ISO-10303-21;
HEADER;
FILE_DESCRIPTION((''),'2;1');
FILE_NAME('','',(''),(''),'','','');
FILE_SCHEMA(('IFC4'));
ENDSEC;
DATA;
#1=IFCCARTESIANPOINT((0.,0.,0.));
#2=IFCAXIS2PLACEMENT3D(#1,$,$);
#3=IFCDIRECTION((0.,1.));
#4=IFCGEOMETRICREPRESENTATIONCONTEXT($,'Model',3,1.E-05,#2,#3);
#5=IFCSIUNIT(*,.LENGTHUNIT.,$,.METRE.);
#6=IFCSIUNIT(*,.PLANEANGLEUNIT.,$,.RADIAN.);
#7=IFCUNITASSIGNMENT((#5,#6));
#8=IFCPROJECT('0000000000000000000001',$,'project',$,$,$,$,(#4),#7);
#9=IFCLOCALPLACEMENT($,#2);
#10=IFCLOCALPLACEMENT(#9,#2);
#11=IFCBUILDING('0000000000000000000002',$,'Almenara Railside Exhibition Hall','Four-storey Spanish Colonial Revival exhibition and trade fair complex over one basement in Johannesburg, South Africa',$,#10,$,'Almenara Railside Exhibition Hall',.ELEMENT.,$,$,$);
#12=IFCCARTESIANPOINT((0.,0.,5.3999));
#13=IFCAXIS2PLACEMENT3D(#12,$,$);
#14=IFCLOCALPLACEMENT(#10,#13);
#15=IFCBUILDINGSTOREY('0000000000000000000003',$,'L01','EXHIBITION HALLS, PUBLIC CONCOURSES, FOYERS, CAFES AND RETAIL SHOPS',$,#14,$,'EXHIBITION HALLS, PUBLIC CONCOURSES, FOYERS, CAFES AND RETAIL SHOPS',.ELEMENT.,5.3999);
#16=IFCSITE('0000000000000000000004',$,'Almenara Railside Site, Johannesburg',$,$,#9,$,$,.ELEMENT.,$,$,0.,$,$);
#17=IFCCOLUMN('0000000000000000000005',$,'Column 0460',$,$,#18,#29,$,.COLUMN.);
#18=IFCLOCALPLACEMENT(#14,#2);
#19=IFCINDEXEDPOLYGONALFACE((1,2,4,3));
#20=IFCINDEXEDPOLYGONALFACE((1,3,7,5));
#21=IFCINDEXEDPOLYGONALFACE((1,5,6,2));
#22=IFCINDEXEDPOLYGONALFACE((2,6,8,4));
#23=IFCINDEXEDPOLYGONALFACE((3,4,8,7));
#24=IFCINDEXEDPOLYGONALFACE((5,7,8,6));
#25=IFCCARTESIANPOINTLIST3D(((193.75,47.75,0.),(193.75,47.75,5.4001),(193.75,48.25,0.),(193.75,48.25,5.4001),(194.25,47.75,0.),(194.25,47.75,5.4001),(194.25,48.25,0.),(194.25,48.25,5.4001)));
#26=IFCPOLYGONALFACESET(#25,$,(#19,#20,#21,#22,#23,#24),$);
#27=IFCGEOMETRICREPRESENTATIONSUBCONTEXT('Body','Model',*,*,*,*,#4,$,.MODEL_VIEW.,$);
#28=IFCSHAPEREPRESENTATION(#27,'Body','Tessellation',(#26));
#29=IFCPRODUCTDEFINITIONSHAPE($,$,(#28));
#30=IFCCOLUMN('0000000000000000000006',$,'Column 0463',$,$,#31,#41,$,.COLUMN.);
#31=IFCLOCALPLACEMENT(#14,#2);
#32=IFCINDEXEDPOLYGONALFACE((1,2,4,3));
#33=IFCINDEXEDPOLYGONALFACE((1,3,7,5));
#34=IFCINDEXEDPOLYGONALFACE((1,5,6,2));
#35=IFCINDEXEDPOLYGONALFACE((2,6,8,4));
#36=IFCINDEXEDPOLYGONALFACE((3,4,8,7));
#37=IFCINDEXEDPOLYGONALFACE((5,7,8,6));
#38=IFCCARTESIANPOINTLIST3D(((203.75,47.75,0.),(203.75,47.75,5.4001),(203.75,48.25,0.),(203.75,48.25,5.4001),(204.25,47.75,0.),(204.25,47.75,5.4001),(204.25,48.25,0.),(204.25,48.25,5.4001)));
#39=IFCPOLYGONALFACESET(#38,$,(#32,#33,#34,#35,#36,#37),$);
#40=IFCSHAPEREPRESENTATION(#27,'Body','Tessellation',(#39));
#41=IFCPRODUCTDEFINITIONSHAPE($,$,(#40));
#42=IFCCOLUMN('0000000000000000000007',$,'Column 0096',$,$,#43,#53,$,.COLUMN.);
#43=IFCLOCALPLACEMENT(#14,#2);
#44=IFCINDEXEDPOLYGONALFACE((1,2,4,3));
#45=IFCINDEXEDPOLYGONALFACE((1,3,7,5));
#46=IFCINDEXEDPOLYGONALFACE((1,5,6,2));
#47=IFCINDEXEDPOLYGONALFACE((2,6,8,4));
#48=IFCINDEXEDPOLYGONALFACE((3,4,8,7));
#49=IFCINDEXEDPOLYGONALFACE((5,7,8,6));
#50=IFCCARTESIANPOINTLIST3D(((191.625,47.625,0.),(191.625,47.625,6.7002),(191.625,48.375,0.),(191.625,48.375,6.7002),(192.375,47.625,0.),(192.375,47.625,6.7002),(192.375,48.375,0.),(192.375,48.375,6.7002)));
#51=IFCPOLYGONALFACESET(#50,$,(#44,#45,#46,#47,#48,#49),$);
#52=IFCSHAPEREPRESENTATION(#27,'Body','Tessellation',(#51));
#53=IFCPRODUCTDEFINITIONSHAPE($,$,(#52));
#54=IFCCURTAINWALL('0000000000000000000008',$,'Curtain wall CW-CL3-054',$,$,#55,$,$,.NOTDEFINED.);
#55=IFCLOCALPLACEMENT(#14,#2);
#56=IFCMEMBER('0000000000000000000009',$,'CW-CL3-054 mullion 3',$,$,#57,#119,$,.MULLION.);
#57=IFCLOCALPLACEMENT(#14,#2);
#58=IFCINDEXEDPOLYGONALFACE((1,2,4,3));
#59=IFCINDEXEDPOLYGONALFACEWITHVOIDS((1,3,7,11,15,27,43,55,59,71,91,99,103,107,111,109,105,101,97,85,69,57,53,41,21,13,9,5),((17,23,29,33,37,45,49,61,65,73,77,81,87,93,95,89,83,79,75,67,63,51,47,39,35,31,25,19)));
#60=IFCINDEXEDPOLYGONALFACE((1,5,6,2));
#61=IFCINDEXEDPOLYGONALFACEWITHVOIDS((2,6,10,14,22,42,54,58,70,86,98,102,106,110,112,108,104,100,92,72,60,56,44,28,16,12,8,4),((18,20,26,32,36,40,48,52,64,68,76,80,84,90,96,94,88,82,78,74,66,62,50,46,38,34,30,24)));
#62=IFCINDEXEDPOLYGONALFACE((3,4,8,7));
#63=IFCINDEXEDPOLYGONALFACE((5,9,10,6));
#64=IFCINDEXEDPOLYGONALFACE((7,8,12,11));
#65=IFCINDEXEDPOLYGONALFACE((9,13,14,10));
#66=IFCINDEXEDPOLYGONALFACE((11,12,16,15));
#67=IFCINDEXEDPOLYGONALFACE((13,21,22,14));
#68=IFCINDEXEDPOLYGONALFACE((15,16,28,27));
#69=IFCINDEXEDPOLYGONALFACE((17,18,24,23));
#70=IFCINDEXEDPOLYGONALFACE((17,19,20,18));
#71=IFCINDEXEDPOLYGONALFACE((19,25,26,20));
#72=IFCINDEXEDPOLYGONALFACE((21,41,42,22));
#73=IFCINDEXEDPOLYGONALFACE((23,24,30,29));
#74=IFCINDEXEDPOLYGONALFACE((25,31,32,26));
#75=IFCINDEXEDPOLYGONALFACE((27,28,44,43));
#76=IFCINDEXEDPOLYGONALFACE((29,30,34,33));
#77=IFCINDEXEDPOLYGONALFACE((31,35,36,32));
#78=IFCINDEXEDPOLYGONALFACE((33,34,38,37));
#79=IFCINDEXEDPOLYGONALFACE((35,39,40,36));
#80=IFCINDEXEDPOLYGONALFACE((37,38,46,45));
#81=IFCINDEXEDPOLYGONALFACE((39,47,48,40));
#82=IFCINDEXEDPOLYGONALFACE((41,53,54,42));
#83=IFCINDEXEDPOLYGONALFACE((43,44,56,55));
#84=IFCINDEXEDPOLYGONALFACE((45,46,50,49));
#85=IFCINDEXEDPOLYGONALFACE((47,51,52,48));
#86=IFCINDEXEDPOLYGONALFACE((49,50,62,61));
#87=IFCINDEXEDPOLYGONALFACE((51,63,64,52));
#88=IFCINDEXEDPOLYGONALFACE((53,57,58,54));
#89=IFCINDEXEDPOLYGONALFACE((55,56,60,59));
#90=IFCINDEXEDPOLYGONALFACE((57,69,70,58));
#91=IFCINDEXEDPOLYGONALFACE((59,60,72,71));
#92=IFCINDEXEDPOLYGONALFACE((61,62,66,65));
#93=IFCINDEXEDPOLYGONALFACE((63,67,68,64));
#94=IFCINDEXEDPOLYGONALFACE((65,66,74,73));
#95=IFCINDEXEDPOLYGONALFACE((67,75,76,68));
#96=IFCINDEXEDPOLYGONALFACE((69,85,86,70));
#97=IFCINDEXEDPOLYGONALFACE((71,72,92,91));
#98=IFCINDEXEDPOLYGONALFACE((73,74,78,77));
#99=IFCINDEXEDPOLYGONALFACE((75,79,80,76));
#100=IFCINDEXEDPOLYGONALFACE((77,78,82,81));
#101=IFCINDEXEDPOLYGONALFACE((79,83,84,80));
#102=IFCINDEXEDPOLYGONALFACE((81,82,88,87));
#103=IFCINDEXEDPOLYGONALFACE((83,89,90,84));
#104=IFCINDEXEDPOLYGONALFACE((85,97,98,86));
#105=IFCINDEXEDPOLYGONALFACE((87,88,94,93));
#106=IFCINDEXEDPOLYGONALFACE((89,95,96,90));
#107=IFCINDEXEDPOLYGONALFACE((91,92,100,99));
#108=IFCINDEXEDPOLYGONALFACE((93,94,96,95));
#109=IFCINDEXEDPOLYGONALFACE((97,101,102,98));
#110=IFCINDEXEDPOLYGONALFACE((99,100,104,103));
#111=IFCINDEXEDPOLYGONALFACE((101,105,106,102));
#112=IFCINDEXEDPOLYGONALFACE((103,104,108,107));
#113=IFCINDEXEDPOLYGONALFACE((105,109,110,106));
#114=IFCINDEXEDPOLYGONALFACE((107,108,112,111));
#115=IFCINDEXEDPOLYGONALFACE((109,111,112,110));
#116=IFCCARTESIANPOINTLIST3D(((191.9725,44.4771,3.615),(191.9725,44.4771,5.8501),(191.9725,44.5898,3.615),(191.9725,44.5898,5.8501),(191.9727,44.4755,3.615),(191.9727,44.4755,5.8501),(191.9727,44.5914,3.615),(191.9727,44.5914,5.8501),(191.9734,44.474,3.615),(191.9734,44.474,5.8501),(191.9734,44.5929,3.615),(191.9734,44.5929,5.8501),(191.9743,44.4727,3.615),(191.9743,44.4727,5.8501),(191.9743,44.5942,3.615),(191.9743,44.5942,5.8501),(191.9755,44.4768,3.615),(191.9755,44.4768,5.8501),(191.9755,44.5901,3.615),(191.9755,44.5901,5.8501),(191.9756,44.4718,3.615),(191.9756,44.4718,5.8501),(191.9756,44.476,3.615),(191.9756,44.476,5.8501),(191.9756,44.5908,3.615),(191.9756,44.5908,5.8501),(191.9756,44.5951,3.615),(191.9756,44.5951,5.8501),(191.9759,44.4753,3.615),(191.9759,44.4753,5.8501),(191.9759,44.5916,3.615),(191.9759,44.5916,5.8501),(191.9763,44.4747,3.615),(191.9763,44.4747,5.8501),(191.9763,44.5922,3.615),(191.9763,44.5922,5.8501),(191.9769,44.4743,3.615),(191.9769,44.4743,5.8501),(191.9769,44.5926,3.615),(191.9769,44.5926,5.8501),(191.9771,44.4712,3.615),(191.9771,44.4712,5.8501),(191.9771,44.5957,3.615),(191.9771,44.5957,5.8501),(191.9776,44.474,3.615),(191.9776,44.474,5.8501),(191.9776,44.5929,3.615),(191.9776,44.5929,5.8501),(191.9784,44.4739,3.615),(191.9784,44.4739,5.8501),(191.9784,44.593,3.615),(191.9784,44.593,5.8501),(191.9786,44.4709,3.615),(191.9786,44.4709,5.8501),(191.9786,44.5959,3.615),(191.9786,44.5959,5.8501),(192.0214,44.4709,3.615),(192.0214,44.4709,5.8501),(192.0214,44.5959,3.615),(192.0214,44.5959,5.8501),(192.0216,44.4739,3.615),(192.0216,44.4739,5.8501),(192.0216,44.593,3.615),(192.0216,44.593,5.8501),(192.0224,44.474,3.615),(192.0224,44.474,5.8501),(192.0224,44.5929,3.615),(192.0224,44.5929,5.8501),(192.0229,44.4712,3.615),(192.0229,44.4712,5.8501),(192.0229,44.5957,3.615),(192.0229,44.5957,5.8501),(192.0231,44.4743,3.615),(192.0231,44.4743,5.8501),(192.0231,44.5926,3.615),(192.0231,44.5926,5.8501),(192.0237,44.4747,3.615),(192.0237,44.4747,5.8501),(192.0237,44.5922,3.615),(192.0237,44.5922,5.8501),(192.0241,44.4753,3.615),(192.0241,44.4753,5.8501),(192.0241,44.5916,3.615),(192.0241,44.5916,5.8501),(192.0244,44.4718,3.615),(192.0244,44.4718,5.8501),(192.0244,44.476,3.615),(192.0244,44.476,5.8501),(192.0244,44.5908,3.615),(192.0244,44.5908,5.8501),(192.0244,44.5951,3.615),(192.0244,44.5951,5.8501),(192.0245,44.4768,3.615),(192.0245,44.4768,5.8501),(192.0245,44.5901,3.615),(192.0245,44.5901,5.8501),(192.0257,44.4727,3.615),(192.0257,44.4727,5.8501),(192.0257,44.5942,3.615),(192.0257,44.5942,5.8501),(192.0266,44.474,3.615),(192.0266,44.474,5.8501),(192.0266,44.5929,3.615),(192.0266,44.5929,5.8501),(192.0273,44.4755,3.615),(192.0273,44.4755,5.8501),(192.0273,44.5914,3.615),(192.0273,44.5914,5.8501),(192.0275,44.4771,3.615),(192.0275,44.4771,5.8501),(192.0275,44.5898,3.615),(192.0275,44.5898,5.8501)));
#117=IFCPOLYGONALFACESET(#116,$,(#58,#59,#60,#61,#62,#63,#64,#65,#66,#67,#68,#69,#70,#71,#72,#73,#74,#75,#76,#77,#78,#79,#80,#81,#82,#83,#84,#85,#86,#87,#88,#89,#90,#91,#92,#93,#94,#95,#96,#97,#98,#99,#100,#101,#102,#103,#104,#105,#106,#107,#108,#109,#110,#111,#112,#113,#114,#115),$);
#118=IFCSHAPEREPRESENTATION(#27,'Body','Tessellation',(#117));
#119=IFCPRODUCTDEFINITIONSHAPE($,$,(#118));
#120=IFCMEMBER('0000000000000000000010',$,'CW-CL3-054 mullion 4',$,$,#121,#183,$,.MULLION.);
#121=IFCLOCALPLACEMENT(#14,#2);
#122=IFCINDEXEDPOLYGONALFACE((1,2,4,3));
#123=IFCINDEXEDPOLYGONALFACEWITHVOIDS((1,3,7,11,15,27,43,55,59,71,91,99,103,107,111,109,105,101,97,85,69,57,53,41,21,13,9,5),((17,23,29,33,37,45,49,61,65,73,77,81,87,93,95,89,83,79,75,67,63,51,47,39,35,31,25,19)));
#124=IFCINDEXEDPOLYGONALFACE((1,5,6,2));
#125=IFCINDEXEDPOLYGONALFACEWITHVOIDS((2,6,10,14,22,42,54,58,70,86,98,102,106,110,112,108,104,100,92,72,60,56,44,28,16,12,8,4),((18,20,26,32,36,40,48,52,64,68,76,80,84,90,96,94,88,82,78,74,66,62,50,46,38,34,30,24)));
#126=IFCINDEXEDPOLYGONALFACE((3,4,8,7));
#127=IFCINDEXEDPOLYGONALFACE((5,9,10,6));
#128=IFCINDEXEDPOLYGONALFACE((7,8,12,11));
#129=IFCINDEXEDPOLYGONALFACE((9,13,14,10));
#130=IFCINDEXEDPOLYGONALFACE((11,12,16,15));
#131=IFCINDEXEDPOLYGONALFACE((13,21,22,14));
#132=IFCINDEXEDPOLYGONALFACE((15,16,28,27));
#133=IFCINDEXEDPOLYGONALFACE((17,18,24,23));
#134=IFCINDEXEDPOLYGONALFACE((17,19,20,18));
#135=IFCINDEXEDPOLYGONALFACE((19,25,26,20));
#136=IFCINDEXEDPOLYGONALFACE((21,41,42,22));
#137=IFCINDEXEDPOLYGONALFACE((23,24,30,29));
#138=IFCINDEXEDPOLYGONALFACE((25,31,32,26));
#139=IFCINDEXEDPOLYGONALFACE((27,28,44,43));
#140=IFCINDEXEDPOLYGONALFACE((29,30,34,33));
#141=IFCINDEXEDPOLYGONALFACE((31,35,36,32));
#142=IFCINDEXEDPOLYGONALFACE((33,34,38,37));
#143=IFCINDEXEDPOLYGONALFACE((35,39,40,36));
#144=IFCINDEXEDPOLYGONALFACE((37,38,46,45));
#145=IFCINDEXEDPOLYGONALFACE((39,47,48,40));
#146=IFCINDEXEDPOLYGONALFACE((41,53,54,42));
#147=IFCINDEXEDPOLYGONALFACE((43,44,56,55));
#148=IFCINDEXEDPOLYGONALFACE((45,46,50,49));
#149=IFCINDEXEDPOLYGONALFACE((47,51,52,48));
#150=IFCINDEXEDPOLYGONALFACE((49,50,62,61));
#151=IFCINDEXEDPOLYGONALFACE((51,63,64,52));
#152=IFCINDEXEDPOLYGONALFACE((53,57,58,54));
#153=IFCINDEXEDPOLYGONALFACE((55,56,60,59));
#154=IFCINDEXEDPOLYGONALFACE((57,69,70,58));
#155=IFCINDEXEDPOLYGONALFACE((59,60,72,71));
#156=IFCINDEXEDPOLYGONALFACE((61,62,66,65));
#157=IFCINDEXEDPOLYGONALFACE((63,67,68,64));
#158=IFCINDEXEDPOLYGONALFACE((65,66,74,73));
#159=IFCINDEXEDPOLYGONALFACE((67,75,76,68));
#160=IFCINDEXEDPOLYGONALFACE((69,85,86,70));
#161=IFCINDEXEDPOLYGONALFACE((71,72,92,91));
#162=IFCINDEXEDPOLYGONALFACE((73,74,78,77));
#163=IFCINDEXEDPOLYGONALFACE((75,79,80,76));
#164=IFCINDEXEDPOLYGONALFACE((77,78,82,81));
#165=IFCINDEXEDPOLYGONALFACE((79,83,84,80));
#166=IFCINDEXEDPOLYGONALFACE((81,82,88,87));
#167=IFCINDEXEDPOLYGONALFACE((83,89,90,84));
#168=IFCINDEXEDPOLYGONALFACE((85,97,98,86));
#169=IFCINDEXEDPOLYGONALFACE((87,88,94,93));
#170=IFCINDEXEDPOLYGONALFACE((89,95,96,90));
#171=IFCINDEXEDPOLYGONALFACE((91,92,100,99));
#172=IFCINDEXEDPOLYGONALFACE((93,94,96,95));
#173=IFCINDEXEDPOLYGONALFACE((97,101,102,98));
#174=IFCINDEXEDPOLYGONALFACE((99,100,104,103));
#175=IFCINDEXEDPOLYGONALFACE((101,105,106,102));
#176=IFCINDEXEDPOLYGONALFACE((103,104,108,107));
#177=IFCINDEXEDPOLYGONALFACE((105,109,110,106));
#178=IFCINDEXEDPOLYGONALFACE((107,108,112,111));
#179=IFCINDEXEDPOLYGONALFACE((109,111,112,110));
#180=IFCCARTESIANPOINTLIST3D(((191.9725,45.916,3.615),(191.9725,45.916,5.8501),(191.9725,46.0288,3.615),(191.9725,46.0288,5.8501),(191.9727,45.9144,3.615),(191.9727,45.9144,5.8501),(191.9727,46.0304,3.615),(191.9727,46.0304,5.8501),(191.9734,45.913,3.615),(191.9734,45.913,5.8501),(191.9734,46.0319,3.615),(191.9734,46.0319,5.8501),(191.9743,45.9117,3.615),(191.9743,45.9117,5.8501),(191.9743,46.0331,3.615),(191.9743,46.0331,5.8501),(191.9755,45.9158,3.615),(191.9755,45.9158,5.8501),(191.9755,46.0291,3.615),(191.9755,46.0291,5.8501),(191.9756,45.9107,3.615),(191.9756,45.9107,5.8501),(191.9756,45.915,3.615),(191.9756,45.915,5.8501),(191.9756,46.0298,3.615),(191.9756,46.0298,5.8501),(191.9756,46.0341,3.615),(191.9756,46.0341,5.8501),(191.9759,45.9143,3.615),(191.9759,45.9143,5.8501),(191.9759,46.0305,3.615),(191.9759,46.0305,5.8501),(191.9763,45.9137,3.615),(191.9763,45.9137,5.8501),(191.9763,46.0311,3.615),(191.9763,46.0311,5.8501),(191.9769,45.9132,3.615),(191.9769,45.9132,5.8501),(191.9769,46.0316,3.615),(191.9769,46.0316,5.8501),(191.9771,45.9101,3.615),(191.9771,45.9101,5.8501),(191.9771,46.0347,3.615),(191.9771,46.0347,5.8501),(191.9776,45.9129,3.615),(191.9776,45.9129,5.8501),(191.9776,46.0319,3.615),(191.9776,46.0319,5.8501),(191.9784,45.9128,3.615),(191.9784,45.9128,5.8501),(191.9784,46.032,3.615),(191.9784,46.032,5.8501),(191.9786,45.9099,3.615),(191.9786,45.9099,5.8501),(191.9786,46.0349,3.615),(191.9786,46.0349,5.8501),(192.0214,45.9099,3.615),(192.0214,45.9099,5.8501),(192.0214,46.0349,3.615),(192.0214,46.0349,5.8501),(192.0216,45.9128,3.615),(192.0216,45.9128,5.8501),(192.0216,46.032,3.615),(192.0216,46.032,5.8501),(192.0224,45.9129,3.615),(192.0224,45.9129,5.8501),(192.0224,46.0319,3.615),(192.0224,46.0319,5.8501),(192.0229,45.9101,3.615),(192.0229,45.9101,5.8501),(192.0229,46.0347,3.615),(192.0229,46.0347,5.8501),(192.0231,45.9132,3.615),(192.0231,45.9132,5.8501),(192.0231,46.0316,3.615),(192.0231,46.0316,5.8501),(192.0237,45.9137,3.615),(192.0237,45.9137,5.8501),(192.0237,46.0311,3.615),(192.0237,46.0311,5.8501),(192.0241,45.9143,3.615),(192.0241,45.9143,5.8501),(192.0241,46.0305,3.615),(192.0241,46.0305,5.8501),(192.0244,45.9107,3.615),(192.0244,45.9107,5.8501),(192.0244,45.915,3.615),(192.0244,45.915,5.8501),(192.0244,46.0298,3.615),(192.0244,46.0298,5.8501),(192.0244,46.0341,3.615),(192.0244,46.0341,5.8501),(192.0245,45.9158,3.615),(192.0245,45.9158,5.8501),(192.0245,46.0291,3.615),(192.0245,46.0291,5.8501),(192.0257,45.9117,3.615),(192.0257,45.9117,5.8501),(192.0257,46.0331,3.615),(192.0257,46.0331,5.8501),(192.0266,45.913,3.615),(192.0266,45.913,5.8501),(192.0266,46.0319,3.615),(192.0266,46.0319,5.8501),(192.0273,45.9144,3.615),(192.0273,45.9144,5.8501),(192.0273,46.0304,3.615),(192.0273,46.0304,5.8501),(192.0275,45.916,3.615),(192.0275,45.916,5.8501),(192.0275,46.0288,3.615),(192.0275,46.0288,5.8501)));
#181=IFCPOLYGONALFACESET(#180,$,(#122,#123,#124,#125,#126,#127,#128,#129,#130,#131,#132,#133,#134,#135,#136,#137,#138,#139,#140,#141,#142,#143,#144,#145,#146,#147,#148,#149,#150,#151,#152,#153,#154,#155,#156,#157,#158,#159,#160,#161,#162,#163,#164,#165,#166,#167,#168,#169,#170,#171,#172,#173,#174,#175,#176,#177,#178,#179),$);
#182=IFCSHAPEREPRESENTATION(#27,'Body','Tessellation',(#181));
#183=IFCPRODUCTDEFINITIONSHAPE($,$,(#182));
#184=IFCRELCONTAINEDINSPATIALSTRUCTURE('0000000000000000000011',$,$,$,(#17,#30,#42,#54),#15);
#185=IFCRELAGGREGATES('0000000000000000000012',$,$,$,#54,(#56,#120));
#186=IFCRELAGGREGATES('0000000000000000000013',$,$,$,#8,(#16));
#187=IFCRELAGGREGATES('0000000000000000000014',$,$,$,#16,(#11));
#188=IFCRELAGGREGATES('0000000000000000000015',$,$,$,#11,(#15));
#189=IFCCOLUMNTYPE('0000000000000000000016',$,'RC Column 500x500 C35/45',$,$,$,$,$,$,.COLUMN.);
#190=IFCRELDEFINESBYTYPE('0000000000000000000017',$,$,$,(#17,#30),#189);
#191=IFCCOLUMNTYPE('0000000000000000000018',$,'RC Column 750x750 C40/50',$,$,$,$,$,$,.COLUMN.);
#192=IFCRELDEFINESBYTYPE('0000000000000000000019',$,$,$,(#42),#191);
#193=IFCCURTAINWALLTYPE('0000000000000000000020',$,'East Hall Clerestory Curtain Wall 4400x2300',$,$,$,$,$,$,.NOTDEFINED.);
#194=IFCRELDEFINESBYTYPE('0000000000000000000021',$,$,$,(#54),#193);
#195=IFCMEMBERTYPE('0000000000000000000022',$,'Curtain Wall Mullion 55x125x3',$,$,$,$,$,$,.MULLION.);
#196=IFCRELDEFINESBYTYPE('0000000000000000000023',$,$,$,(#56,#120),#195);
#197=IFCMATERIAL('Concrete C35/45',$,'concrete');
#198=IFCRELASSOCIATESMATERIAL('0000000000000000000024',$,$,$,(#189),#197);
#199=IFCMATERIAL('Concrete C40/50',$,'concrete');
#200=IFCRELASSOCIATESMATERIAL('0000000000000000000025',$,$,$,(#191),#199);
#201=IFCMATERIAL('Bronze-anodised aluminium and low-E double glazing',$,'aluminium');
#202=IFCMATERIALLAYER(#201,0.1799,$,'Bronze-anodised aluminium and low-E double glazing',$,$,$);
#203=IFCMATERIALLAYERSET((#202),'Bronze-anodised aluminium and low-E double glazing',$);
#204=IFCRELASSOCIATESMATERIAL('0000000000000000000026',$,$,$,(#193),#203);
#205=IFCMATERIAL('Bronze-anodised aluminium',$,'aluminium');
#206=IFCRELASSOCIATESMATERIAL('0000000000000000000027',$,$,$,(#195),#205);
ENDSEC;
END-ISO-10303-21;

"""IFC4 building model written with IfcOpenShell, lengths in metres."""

from ifc_helpers import new_model, si_unit, direction, frame, origin, origin_2d, place, context, subcontext, project, spatial, rectangle, hollow_rectangle, extrude, material, layer, layer_set, material_profile, profile_set, type_object, element, aggregate, save


model = new_model("IFC4")

# Units and contexts
model_context = context("Model", 3, precision=1e-05, world=origin(), true_north=direction((0.0, 1.0)))
body_context = subcontext(model_context, "Body", "Model", "MODEL_VIEW")
ifc_project = project(units=[si_unit("LENGTHUNIT", "METRE"), si_unit("PLANEANGLEUNIT", "RADIAN")], contexts=[model_context])

# Site, building, storey
site_placement = place(None, origin())
site = spatial("IfcSite", under=ifc_project, at=site_placement, Name="Almenara Railside Site, Johannesburg", CompositionType="ELEMENT", RefElevation=0.0)
building_placement = place(site_placement, origin())
building = spatial("IfcBuilding", under=site, at=building_placement, Name="Almenara Railside Exhibition Hall", Description="Four-storey Spanish Colonial Revival exhibition and trade fair complex over one basement in Johannesburg, South Africa", LongName="Almenara Railside Exhibition Hall", CompositionType="ELEMENT")
storey_placement = place(building_placement, frame((0.0, 0.0, 5.3999)))
storey = spatial("IfcBuildingStorey", under=building, at=storey_placement, Name="L01", Description="EXHIBITION HALLS, PUBLIC CONCOURSES, FOYERS, CAFES AND RETAIL SHOPS", LongName="EXHIBITION HALLS, PUBLIC CONCOURSES, FOYERS, CAFES AND RETAIL SHOPS", CompositionType="ELEMENT", Elevation=5.3999)

# Columns
ifc_material_1 = material(Name="Concrete C35/45", Category="concrete")
ifc_material_profile_1 = material_profile(ifc_material_1, rectangle(XDim=0.5, YDim=0.5, at=origin_2d()), Name="RC 500x500")
ifc_profile_set_1 = profile_set([ifc_material_profile_1], Name="Concrete C35/45")
column_type_1 = type_object("IfcColumnType", Name="RC Column 500x500 C35/45", PredefinedType="COLUMN", material=ifc_profile_set_1)
for number, where, z_axis, x_axis, name in (
    (1, (194.0, 48.0, 0.0), (0.0, 0.0, 1.0), (1.0, 0.0, 0.0), "Column 0460"),
    (2, (204.0, 48.0, 0.0), (0.0, 0.0, 1.0), (1.0, 0.0, 0.0), "Column 0463"),
):
    element("IfcColumn", number, at=place(storey_placement, frame(where, z_axis=z_axis, x_axis=x_axis)), inside=storey, type_object=column_type_1, Name=name, PredefinedType="COLUMN", context=body_context, shape_type="SweptSolid", body=[
        extrude(rectangle(XDim=0.5, YDim=0.5, at=origin_2d()), origin(), (0.0, 0.0, 1.0), 5.4001),
    ])
ifc_material_2 = material(Name="Concrete C40/50", Category="concrete")
ifc_material_profile_2 = material_profile(ifc_material_2, rectangle(XDim=0.75, YDim=0.75, at=origin_2d()), Name="RC 750x750")
ifc_profile_set_2 = profile_set([ifc_material_profile_2], Name="Concrete C40/50")
column_type_2 = type_object("IfcColumnType", Name="RC Column 750x750 C40/50", PredefinedType="COLUMN", material=ifc_profile_set_2)
column_placement = place(storey_placement, frame((192.0, 48.0, 0.0), z_axis=(0.0, 0.0, 1.0), x_axis=(1.0, 0.0, 0.0)))
element("IfcColumn", 3, at=column_placement, inside=storey, type_object=column_type_2, Name="Column 0096", PredefinedType="COLUMN", context=body_context, shape_type="SweptSolid", body=[
    extrude(rectangle(XDim=0.75, YDim=0.75, at=origin_2d()), origin(), (0.0, 0.0, 1.0), 6.7002),
])

# Curtain wall, members
ifc_material_3 = material(Name="Bronze-anodised aluminium and low-E double glazing", Category="aluminium")
ifc_layer_1 = layer(ifc_material_3, 0.1799, Name="Bronze-anodised aluminium and low-E double glazing")
ifc_layer_set_1 = layer_set([ifc_layer_1], Name="Bronze-anodised aluminium and low-E double glazing")
curtain_wall_type_1 = type_object("IfcCurtainWallType", Name="East Hall Clerestory Curtain Wall 4400x2300", PredefinedType="NOTDEFINED", material=ifc_layer_set_1)
curtain_wall_1_placement = place(storey_placement, origin())
curtain_wall_1 = element("IfcCurtainWall", 4, at=curtain_wall_1_placement, inside=storey, type_object=curtain_wall_type_1, Name="Curtain wall CW-CL3-054", PredefinedType="NOTDEFINED")
ifc_material_4 = material(Name="Bronze-anodised aluminium", Category="aluminium")
ifc_material_profile_3 = material_profile(ifc_material_4, hollow_rectangle(XDim=0.0549, YDim=0.125, WallThickness=0.0029, InnerFilletRadius=0.0029, OuterFilletRadius=0.0061, at=origin_2d()), Name="ALU-MUL 55x125x3")
ifc_profile_set_3 = profile_set([ifc_material_profile_3], Name="Bronze-anodised aluminium")
member_type_1 = type_object("IfcMemberType", Name="Curtain Wall Mullion 55x125x3", PredefinedType="MULLION", material=ifc_profile_set_3)
member_1_placement = place(storey_placement, frame((192.0, 44.5334, 3.615), z_axis=(0.0, 0.0, 1.0), x_axis=(-1.0, 0.0, 0.0)))
member_1 = element("IfcMember", 5, at=member_1_placement, type_object=member_type_1, Name="CW-CL3-054 mullion 3", PredefinedType="MULLION", context=body_context, shape_type="SweptSolid", body=[
    extrude(hollow_rectangle(XDim=0.0549, YDim=0.125, WallThickness=0.0029, InnerFilletRadius=0.0029, OuterFilletRadius=0.0061, at=origin_2d()), origin(), (0.0, 0.0, 1.0), 2.2351),
])
member_2_placement = place(storey_placement, frame((192.0, 45.9724, 3.615), z_axis=(0.0, 0.0, 1.0), x_axis=(-1.0, 0.0, 0.0)))
member_2 = element("IfcMember", 6, at=member_2_placement, type_object=member_type_1, Name="CW-CL3-054 mullion 4", PredefinedType="MULLION", context=body_context, shape_type="SweptSolid", body=[
    extrude(hollow_rectangle(XDim=0.0549, YDim=0.125, WallThickness=0.0029, InnerFilletRadius=0.0029, OuterFilletRadius=0.0061, at=origin_2d()), origin(), (0.0, 0.0, 1.0), 2.2351),
])

aggregate(curtain_wall_1, [member_1, member_2])

save(model, "model.ifc")
